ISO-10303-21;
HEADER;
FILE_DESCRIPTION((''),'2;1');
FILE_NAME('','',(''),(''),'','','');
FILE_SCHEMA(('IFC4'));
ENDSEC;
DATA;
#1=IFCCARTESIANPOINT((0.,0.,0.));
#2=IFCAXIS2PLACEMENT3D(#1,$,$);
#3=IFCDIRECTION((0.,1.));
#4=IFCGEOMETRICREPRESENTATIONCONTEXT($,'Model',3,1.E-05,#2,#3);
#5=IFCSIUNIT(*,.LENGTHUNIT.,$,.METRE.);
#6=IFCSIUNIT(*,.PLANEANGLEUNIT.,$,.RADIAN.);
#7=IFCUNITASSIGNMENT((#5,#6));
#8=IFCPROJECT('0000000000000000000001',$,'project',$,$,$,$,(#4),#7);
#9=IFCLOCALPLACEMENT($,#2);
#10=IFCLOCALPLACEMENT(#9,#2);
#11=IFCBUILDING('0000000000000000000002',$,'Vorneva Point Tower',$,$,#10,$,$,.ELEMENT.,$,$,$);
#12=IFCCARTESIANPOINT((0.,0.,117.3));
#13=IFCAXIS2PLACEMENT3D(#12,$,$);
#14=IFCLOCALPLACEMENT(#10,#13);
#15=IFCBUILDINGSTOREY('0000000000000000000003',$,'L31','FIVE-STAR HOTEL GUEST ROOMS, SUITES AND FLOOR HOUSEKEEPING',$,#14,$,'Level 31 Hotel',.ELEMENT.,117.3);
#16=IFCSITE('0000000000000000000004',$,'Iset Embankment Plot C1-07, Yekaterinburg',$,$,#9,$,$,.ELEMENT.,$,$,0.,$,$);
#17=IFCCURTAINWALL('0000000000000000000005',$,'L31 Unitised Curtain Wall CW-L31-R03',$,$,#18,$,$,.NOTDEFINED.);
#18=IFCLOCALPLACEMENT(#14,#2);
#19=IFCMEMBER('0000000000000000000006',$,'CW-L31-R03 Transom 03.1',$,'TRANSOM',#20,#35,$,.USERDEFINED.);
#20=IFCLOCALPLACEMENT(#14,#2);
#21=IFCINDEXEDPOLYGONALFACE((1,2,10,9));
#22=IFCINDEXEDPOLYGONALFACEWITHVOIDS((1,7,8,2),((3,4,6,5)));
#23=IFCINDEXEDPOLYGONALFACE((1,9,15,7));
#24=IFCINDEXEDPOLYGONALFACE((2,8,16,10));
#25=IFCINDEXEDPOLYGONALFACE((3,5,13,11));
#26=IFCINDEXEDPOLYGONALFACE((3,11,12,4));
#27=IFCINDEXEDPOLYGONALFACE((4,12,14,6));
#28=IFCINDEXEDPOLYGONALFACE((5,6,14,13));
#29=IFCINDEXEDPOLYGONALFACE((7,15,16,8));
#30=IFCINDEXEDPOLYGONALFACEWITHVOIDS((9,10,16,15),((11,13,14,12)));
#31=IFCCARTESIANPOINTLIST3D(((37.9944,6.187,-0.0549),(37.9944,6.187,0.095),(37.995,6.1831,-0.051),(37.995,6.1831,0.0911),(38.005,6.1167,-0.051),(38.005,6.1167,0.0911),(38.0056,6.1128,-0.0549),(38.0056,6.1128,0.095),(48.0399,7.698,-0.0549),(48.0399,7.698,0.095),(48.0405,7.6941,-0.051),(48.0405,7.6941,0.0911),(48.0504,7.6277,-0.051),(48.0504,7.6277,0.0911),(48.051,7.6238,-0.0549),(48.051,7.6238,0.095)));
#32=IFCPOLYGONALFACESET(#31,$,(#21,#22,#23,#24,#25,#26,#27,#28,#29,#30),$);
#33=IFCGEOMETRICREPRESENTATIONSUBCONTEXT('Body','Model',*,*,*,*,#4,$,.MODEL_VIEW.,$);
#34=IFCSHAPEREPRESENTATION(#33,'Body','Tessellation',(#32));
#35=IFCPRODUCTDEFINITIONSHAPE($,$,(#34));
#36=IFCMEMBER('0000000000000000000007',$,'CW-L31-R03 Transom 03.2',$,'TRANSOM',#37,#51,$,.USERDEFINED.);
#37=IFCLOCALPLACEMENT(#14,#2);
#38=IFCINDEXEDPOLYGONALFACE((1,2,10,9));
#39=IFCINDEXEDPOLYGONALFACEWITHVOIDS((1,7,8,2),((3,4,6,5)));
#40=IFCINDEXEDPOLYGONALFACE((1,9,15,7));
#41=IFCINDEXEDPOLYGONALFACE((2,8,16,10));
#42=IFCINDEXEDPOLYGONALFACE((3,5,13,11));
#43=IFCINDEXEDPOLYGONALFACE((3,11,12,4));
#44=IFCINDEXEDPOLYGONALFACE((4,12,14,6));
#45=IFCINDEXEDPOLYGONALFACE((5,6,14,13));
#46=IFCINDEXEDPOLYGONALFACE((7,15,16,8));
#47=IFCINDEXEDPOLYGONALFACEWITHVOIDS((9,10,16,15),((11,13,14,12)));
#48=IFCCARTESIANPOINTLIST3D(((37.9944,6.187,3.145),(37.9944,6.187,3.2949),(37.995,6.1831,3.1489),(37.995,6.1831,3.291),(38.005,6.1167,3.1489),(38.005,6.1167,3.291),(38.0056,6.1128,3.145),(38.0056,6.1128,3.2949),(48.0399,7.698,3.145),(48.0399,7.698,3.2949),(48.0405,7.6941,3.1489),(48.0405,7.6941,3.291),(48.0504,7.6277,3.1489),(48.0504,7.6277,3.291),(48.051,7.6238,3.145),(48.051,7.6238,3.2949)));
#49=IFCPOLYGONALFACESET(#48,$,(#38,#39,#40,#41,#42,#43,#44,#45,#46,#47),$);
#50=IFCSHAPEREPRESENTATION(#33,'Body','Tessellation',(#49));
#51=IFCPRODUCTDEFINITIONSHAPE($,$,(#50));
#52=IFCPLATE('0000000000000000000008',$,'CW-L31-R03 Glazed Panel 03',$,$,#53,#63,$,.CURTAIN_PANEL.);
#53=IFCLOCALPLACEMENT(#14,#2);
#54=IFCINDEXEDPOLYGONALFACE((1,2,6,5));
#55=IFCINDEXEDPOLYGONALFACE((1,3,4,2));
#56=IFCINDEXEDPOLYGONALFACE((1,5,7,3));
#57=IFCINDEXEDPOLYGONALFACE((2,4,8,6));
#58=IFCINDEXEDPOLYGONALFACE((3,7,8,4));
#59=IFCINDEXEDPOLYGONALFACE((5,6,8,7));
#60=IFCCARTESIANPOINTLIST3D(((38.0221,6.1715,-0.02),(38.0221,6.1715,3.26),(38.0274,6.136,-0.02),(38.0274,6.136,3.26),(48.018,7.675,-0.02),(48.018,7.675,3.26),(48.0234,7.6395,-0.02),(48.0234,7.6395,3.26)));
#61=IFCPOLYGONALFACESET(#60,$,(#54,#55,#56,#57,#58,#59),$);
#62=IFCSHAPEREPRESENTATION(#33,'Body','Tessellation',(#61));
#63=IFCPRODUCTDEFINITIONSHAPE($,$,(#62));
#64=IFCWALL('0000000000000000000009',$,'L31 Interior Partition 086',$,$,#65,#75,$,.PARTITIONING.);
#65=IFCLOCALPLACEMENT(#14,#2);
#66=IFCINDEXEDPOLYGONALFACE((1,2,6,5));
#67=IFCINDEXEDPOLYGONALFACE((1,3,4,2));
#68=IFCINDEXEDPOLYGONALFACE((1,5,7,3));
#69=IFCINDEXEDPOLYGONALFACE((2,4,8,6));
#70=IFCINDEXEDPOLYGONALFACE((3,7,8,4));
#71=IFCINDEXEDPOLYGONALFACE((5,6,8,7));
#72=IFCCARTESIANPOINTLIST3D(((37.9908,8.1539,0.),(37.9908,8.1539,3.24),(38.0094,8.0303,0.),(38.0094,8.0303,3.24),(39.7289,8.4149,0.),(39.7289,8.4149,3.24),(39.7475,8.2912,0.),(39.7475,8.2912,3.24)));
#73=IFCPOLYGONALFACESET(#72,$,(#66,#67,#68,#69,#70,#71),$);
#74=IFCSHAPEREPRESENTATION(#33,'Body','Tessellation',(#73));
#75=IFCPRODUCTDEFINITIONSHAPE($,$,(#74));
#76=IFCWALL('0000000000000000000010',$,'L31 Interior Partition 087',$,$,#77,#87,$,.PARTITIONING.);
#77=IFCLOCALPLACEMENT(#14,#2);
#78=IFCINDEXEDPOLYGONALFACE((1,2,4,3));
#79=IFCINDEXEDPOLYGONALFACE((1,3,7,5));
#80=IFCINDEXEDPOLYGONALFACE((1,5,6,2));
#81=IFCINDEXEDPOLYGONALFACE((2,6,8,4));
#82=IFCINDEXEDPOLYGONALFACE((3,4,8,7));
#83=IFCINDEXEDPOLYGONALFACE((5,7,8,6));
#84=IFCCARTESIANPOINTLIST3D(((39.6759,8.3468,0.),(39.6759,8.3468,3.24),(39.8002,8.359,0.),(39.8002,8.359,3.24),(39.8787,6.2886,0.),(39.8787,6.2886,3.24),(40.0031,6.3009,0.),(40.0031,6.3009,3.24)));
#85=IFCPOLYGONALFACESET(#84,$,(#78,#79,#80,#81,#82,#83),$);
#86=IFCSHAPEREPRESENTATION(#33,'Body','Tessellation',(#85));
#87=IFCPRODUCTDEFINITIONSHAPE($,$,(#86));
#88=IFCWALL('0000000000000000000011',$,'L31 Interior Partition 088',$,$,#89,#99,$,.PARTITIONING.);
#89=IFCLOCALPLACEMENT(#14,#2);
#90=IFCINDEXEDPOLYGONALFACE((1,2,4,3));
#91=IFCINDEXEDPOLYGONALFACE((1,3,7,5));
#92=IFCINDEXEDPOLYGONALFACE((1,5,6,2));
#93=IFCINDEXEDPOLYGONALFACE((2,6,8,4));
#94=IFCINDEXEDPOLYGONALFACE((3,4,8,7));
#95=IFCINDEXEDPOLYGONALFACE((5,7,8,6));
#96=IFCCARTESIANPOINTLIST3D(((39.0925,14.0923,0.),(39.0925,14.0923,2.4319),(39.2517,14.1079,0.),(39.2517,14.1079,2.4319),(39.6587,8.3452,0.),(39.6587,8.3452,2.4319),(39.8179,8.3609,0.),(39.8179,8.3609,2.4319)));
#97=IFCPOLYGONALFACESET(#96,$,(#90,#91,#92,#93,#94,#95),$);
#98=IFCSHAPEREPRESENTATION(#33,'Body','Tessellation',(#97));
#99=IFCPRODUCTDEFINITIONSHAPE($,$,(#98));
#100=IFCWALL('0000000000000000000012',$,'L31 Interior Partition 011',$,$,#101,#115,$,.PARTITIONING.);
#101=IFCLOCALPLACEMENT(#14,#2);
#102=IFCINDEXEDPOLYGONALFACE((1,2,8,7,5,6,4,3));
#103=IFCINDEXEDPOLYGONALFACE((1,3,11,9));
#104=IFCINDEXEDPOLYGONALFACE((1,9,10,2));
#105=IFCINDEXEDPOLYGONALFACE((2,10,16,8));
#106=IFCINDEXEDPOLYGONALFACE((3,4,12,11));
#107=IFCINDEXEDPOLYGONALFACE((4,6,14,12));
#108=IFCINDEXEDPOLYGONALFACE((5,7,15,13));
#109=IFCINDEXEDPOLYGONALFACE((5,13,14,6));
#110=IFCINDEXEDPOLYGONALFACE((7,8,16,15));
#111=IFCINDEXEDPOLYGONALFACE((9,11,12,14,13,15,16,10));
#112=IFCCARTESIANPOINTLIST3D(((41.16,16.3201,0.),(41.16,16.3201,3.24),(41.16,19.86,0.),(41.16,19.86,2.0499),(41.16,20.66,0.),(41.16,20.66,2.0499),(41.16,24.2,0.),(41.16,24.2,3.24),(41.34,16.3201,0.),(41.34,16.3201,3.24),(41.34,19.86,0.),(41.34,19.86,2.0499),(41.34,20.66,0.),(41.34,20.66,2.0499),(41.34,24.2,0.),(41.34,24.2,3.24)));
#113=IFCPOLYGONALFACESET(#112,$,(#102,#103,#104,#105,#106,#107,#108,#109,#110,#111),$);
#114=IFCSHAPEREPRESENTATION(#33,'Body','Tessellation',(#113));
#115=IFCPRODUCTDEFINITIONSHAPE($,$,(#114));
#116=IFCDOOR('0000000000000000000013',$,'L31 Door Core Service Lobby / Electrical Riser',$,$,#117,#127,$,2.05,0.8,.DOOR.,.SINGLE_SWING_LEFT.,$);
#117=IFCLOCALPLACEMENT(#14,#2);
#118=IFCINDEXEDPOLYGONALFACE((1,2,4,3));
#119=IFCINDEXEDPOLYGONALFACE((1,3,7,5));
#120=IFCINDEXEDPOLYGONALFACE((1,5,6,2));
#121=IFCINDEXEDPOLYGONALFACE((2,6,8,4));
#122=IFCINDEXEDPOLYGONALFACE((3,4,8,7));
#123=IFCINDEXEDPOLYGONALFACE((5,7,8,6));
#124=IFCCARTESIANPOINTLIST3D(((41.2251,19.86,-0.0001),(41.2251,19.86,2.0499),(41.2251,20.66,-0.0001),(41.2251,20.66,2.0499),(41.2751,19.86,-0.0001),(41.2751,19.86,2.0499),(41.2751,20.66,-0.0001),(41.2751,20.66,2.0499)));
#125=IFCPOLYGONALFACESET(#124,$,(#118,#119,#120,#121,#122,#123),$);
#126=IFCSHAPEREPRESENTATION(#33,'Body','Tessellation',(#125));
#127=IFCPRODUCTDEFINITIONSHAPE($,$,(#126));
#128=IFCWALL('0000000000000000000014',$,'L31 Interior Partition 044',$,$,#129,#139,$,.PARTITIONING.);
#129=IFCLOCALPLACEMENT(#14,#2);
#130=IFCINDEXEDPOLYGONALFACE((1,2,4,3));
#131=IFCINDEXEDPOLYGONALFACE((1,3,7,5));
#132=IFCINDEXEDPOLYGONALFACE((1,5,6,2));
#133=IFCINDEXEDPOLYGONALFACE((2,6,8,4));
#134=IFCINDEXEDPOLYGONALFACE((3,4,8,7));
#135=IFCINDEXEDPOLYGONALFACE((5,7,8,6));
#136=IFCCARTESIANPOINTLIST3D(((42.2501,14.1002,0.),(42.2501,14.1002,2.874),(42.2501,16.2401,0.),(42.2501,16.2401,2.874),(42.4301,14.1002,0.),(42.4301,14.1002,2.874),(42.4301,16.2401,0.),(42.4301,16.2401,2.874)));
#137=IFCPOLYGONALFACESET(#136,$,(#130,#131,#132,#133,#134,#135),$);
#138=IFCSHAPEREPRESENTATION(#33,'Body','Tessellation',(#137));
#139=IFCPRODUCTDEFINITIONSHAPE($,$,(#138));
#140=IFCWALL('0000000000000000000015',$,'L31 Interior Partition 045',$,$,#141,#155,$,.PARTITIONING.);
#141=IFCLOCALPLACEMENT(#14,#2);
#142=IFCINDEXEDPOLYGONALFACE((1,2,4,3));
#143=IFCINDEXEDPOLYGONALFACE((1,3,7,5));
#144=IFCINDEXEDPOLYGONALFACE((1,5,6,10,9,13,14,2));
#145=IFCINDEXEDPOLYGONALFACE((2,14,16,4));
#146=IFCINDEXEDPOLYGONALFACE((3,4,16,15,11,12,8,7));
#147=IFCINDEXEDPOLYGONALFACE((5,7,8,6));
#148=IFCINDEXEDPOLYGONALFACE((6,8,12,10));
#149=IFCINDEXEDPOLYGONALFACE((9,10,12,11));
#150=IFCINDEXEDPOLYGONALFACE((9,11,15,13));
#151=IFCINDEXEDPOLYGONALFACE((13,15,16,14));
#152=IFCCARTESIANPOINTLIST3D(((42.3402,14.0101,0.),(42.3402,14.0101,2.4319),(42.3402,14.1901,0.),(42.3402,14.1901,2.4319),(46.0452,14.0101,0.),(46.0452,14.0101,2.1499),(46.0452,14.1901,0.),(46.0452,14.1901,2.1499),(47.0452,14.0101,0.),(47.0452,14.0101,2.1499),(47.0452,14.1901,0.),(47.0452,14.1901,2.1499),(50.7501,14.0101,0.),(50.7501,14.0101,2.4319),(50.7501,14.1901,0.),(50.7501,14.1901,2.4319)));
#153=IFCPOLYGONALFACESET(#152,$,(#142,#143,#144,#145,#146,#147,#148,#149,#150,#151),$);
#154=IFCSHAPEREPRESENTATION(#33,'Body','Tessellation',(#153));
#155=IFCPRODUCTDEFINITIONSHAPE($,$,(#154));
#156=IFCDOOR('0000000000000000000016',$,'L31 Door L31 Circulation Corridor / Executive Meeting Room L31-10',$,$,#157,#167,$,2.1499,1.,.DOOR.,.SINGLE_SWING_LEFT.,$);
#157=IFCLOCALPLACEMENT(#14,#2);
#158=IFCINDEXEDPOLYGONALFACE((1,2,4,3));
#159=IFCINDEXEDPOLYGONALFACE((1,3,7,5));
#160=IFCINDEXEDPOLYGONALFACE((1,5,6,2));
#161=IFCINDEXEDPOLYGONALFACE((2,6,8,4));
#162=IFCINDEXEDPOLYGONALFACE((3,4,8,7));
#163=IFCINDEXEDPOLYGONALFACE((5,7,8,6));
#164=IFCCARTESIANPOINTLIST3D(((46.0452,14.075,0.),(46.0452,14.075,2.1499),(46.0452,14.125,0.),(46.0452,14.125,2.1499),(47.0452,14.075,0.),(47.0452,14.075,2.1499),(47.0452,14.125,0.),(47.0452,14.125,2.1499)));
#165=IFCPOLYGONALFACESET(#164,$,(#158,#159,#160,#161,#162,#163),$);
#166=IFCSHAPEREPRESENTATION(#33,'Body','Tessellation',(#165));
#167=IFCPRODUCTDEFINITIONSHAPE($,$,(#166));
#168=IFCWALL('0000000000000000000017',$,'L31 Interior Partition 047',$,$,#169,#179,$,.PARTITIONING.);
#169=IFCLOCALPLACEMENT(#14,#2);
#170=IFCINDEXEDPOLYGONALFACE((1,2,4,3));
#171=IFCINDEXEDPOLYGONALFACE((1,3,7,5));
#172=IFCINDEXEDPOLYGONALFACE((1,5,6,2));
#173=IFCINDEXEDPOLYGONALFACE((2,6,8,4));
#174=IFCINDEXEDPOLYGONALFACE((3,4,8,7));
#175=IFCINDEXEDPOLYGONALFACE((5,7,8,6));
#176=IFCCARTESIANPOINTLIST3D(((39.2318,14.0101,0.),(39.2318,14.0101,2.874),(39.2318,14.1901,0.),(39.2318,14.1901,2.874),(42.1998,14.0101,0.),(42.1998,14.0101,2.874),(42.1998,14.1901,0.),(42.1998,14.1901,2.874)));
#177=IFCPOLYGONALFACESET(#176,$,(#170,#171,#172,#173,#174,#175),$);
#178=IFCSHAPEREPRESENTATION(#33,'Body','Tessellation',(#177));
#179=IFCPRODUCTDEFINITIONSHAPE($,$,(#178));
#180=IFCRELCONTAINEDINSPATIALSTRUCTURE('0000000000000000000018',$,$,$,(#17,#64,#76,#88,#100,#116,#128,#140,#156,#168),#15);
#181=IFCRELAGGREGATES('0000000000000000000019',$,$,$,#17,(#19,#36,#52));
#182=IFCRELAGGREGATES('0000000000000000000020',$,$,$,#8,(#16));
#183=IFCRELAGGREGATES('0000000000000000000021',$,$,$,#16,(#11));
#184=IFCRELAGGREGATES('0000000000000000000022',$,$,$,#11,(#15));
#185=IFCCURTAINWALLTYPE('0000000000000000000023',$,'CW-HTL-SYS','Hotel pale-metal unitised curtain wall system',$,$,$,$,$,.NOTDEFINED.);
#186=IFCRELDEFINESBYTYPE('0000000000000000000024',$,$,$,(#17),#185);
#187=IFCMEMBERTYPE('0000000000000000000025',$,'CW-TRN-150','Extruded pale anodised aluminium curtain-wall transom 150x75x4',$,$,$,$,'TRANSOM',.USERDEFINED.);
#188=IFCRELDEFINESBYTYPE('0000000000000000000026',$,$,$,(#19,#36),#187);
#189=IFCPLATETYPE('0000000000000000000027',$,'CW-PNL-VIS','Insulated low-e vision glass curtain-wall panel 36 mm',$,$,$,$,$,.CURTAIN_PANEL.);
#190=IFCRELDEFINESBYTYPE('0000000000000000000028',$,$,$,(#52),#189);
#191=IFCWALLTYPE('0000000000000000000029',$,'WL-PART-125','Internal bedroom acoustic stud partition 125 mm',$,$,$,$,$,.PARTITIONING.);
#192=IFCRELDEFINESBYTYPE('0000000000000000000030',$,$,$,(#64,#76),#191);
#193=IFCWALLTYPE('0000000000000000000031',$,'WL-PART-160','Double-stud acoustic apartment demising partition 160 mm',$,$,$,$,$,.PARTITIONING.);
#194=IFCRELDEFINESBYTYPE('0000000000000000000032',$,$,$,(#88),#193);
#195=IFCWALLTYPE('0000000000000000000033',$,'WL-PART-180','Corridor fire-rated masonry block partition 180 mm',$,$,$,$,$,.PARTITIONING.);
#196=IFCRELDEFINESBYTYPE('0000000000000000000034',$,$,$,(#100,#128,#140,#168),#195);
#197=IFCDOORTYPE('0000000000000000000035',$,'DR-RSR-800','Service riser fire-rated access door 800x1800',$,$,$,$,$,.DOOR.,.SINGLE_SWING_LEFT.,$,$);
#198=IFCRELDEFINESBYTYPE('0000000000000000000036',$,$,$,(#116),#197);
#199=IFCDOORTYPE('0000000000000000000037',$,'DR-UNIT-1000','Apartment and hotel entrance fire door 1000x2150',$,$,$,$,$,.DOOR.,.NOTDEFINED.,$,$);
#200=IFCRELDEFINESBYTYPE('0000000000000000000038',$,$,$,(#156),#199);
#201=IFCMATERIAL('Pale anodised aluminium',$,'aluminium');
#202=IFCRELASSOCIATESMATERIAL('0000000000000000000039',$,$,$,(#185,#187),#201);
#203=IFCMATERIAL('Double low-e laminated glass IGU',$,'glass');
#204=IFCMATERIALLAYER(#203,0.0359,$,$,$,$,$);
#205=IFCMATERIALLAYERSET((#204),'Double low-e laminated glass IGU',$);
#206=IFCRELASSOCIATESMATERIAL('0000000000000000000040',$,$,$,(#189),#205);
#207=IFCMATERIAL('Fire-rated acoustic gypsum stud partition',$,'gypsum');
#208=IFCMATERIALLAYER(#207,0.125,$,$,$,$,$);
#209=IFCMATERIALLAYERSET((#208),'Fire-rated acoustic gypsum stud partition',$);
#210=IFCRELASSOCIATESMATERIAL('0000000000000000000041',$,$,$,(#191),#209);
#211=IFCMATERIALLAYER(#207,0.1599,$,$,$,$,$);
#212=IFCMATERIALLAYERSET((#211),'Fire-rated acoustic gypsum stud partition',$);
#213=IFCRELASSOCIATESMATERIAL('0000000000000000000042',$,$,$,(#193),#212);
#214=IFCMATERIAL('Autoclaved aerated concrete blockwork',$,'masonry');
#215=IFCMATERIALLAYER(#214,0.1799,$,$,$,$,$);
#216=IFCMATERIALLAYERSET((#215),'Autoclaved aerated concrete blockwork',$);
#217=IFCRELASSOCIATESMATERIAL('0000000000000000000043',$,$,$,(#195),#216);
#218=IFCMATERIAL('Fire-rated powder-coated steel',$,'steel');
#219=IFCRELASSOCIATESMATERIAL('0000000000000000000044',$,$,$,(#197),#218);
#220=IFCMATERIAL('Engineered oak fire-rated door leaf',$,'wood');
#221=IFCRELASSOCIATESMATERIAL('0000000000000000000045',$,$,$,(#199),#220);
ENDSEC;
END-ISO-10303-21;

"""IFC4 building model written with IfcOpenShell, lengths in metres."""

from ifc_helpers import new_model, si_unit, direction, frame, frame_2d, origin, origin_2d, place, context, subcontext, project, spatial, rectangle, hollow_rectangle, extrude, material, layer, layer_set, material_profile, profile_set, type_object, element, fill, aggregate, save


model = new_model("IFC4")

# Units and contexts
model_context = context("Model", 3, precision=1e-05, world=origin(), true_north=direction((0.0, 1.0)))
body_context = subcontext(model_context, "Body", "Model", "MODEL_VIEW")
ifc_project = project(units=[si_unit("LENGTHUNIT", "METRE"), si_unit("PLANEANGLEUNIT", "RADIAN")], contexts=[model_context])

# Site, building, storey
site_placement = place(None, origin())
site = spatial("IfcSite", under=ifc_project, at=site_placement, Name="Iset Embankment Plot C1-07, Yekaterinburg", CompositionType="ELEMENT", RefElevation=0.0)
building_placement = place(site_placement, origin())
building = spatial("IfcBuilding", under=site, at=building_placement, Name="Vorneva Point Tower", CompositionType="ELEMENT")
storey_placement = place(building_placement, frame((0.0, 0.0, 117.3)))
storey = spatial("IfcBuildingStorey", under=building, at=storey_placement, Name="L31", Description="FIVE-STAR HOTEL GUEST ROOMS, SUITES AND FLOOR HOUSEKEEPING", LongName="Level 31 Hotel", CompositionType="ELEMENT", Elevation=117.3)

# Curtain wall, members, plate
ifc_material_1 = material(Name="Pale anodised aluminium", Category="aluminium")
curtain_wall_type = type_object("IfcCurtainWallType", Name="CW-HTL-SYS", Description="Hotel pale-metal unitised curtain wall system", PredefinedType="NOTDEFINED", material=ifc_material_1)
curtain_wall_placement = place(storey_placement, origin())
curtain_wall = element("IfcCurtainWall", 1, at=curtain_wall_placement, inside=storey, type_object=curtain_wall_type, Name="L31 Unitised Curtain Wall CW-L31-R03", PredefinedType="NOTDEFINED")
ifc_material_profile_1 = material_profile(ifc_material_1, hollow_rectangle(XDim=0.075, YDim=0.1499, WallThickness=0.0039, at=origin_2d()), Name="AL-TRN 150x75x4")
ifc_profile_set_1 = profile_set([ifc_material_profile_1], Name="Pale anodised aluminium")
member_type_1 = type_object("IfcMemberType", Name="CW-TRN-150", Description="Extruded pale anodised aluminium curtain-wall transom 150x75x4", ElementType="TRANSOM", PredefinedType="USERDEFINED", material=ifc_profile_set_1)
member_1_placement = place(storey_placement, frame((38.0, 6.1499, 0.02), z_axis=(0.988876, 0.148742, 0.0), x_axis=(-0.148742, 0.988876, 0.0)))
member_1 = element("IfcMember", 2, at=member_1_placement, type_object=member_type_1, Name="CW-L31-R03 Transom 03.1", ObjectType="TRANSOM", PredefinedType="USERDEFINED", context=body_context, shape_type="SweptSolid", body=[
    extrude(hollow_rectangle(XDim=0.075, YDim=0.1499, WallThickness=0.0039, at=origin_2d()), origin(), (0.0, 0.0, 1.0), 10.1584),
])
member_2_placement = place(storey_placement, frame((38.0, 6.1499, 3.22), z_axis=(0.988876, 0.148742, 0.0), x_axis=(-0.148742, 0.988876, 0.0)))
member_2 = element("IfcMember", 3, at=member_2_placement, type_object=member_type_1, Name="CW-L31-R03 Transom 03.2", ObjectType="TRANSOM", PredefinedType="USERDEFINED", context=body_context, shape_type="SweptSolid", body=[
    extrude(hollow_rectangle(XDim=0.075, YDim=0.1499, WallThickness=0.0039, at=origin_2d()), origin(), (0.0, 0.0, 1.0), 10.1584),
])
ifc_material_2 = material(Name="Double low-e laminated glass IGU", Category="glass")
ifc_layer_1 = layer(ifc_material_2, 0.0359)
ifc_layer_set_1 = layer_set([ifc_layer_1], Name="Double low-e laminated glass IGU")
plate_type = type_object("IfcPlateType", Name="CW-PNL-VIS", Description="Insulated low-e vision glass curtain-wall panel 36 mm", PredefinedType="CURTAIN_PANEL", material=ifc_layer_set_1)
plate_placement = place(storey_placement, frame((43.0227, 6.9055, -0.02), z_axis=(0.0, 0.0, 1.0), x_axis=(0.988876, 0.148741, 0.0)))
plate = element("IfcPlate", 4, at=plate_placement, type_object=plate_type, Name="CW-L31-R03 Glazed Panel 03", PredefinedType="CURTAIN_PANEL", context=body_context, shape_type="SweptSolid", body=[
    extrude(rectangle(XDim=10.1084, YDim=0.0359, at=origin_2d()), origin(), (0.0, 0.0, 1.0), 3.28),
])
aggregate(curtain_wall, [member_1, member_2, plate])

# Walls
ifc_material_3 = material(Name="Fire-rated acoustic gypsum stud partition", Category="gypsum")
ifc_layer_2 = layer(ifc_material_3, 0.125)
ifc_layer_set_2 = layer_set([ifc_layer_2], Name="Fire-rated acoustic gypsum stud partition")
wall_type_1 = type_object("IfcWallType", Name="WL-PART-125", Description="Internal bedroom acoustic stud partition 125 mm", PredefinedType="PARTITIONING", material=ifc_layer_set_2)
wall_1_placement = place(storey_placement, frame((38.0, 8.092, 0.0), z_axis=(0.0, 0.0, 1.0), x_axis=(0.988913, 0.148497, 0.0)))
element("IfcWall", 5, at=wall_1_placement, inside=storey, type_object=wall_type_1, Name="L31 Interior Partition 086", PredefinedType="PARTITIONING", context=body_context, shape_type="SweptSolid", body=[
    extrude(rectangle(XDim=1.7576, YDim=0.125, at=frame_2d((0.8789, 0.0))), origin(), (0.0, 0.0, 1.0), 3.24),
])
wall_2_placement = place(storey_placement, frame((39.738, 8.353, 0.0), z_axis=(0.0, 0.0, 1.0), x_axis=(0.098101, -0.995176, 0.0)))
element("IfcWall", 6, at=wall_2_placement, inside=storey, type_object=wall_type_1, Name="L31 Interior Partition 087", PredefinedType="PARTITIONING", context=body_context, shape_type="SweptSolid", body=[
    extrude(rectangle(XDim=2.0681, YDim=0.125, at=frame_2d((1.0342, 0.0))), origin(), (0.0, 0.0, 1.0), 3.24),
])
ifc_layer_3 = layer(ifc_material_3, 0.1599)
ifc_layer_set_3 = layer_set([ifc_layer_3], Name="Fire-rated acoustic gypsum stud partition")
wall_type_2 = type_object("IfcWallType", Name="WL-PART-160", Description="Double-stud acoustic apartment demising partition 160 mm", PredefinedType="PARTITIONING", material=ifc_layer_set_3)
wall_3_placement = place(storey_placement, frame((39.7383, 8.353, 0.0), z_axis=(0.0, 0.0, 1.0), x_axis=(-0.098039, 0.995183, 0.0)))
element("IfcWall", 7, at=wall_3_placement, inside=storey, type_object=wall_type_2, Name="L31 Interior Partition 088", PredefinedType="PARTITIONING", context=body_context, shape_type="SweptSolid", body=[
    extrude(rectangle(XDim=5.7749, YDim=0.1599, at=frame_2d((2.8875, 0.0))), origin(), (0.0, 0.0, 1.0), 2.4319),
])

# Wall, opening, door
ifc_material_4 = material(Name="Autoclaved aerated concrete blockwork", Category="masonry")
ifc_layer_4 = layer(ifc_material_4, 0.1799)
ifc_layer_set_4 = layer_set([ifc_layer_4], Name="Autoclaved aerated concrete blockwork")
wall_type_3 = type_object("IfcWallType", Name="WL-PART-180", Description="Corridor fire-rated masonry block partition 180 mm", PredefinedType="PARTITIONING", material=ifc_layer_set_4)
wall_4_placement = place(storey_placement, frame((41.25, 16.3201, 0.0), z_axis=(0.0, 0.0, 1.0), x_axis=(0.0, 1.0, 0.0)))
wall_4 = element("IfcWall", 8, at=wall_4_placement, inside=storey, type_object=wall_type_3, Name="L31 Interior Partition 011", PredefinedType="PARTITIONING", context=body_context, shape_type="SweptSolid", body=[
    extrude(rectangle(XDim=7.8799, YDim=0.1799, at=frame_2d((3.9399, 0.0))), origin(), (0.0, 0.0, 1.0), 3.24),
])
opening_1_placement = place(wall_4_placement, frame((3.54, 0.0, 0.0)))
opening_1 = element("IfcOpeningElement", 9, at=opening_1_placement, cuts=wall_4, PredefinedType="OPENING", context=body_context, shape_type="SweptSolid", body=[
    extrude(rectangle(XDim=0.8, YDim=2.05, at=frame_2d((0.3999, 1.0249))), frame((0.0, 0.105, 0.0), z_axis=(0.0, -1.0, 0.0), x_axis=(1.0, 0.0, 0.0)), (0.0, 0.0, 1.0), 0.2097),
])
ifc_material_5 = material(Name="Fire-rated powder-coated steel", Category="steel")
door_type_1 = type_object("IfcDoorType", Name="DR-RSR-800", Description="Service riser fire-rated access door 800x1800", OperationType="SINGLE_SWING_LEFT", PredefinedType="DOOR", material=ifc_material_5)
door_1_placement = place(opening_1_placement, origin())
door_1 = element("IfcDoor", 10, at=door_1_placement, inside=storey, type_object=door_type_1, Name="L31 Door Core Service Lobby / Electrical Riser", OperationType="SINGLE_SWING_LEFT", OverallHeight=2.05, OverallWidth=0.8, PredefinedType="DOOR", context=body_context, shape_type="SweptSolid", body=[
    extrude(rectangle(XDim=0.8, YDim=2.05, at=frame_2d((0.3999, 1.0249))), frame((0.0, 0.0249, 0.0), z_axis=(0.0, -1.0, 0.0), x_axis=(1.0, 0.0, 0.0)), (0.0, 0.0, 1.0), 0.05),
])
fill(opening_1, door_1)

# Wall
wall_5_placement = place(storey_placement, frame((42.3401, 16.24, 0.0), z_axis=(0.0, 0.0, 1.0), x_axis=(0.0, -1.0, 0.0)))
element("IfcWall", 11, at=wall_5_placement, inside=storey, type_object=wall_type_3, Name="L31 Interior Partition 044", PredefinedType="PARTITIONING", context=body_context, shape_type="SweptSolid", body=[
    extrude(rectangle(XDim=2.1399, YDim=0.1799, at=frame_2d((1.0698, 0.0))), origin(), (0.0, 0.0, 1.0), 2.874),
])

# Wall, opening, door
wall_6_placement = place(storey_placement, frame((42.3401, 14.1001, 0.0), z_axis=(0.0, 0.0, 1.0), x_axis=(1.0, 0.0, 0.0)))
wall_6 = element("IfcWall", 12, at=wall_6_placement, inside=storey, type_object=wall_type_3, Name="L31 Interior Partition 045", PredefinedType="PARTITIONING", context=body_context, shape_type="SweptSolid", body=[
    extrude(rectangle(XDim=8.4099, YDim=0.1799, at=frame_2d((4.2051, 0.0))), origin(), (0.0, 0.0, 1.0), 2.4319),
])
opening_2_placement = place(wall_6_placement, frame((3.7051, 0.0, 0.0)))
opening_2 = element("IfcOpeningElement", 13, at=opening_2_placement, cuts=wall_6, PredefinedType="OPENING", context=body_context, shape_type="SweptSolid", body=[
    extrude(rectangle(XDim=1.0, YDim=2.1499, at=frame_2d((0.5, 1.075))), frame((0.0, 0.105, 0.0), z_axis=(0.0, -1.0, 0.0), x_axis=(1.0, 0.0, 0.0)), (0.0, 0.0, 1.0), 0.2097),
])
ifc_material_6 = material(Name="Engineered oak fire-rated door leaf", Category="wood")
door_type_2 = type_object("IfcDoorType", Name="DR-UNIT-1000", Description="Apartment and hotel entrance fire door 1000x2150", OperationType="NOTDEFINED", PredefinedType="DOOR", material=ifc_material_6)
door_2_placement = place(opening_2_placement, origin())
door_2 = element("IfcDoor", 14, at=door_2_placement, inside=storey, type_object=door_type_2, Name="L31 Door L31 Circulation Corridor / Executive Meeting Room L31-10", OperationType="SINGLE_SWING_LEFT", OverallHeight=2.1499, OverallWidth=1.0, PredefinedType="DOOR", context=body_context, shape_type="SweptSolid", body=[
    extrude(rectangle(XDim=1.0, YDim=2.1499, at=frame_2d((0.5, 1.075))), frame((0.0, 0.0249, 0.0), z_axis=(0.0, -1.0, 0.0), x_axis=(1.0, 0.0, 0.0)), (0.0, 0.0, 1.0), 0.05),
])
fill(opening_2, door_2)

# Wall
wall_7_placement = place(storey_placement, frame((39.2319, 14.1001, 0.0), z_axis=(0.0, 0.0, 1.0), x_axis=(1.0, 0.0, 0.0)))
element("IfcWall", 15, at=wall_7_placement, inside=storey, type_object=wall_type_3, Name="L31 Interior Partition 047", PredefinedType="PARTITIONING", context=body_context, shape_type="SweptSolid", body=[
    extrude(rectangle(XDim=2.968, YDim=0.1799, at=frame_2d((1.4839, 0.0))), origin(), (0.0, 0.0, 1.0), 2.874),
])

save(model, "model.ifc")
